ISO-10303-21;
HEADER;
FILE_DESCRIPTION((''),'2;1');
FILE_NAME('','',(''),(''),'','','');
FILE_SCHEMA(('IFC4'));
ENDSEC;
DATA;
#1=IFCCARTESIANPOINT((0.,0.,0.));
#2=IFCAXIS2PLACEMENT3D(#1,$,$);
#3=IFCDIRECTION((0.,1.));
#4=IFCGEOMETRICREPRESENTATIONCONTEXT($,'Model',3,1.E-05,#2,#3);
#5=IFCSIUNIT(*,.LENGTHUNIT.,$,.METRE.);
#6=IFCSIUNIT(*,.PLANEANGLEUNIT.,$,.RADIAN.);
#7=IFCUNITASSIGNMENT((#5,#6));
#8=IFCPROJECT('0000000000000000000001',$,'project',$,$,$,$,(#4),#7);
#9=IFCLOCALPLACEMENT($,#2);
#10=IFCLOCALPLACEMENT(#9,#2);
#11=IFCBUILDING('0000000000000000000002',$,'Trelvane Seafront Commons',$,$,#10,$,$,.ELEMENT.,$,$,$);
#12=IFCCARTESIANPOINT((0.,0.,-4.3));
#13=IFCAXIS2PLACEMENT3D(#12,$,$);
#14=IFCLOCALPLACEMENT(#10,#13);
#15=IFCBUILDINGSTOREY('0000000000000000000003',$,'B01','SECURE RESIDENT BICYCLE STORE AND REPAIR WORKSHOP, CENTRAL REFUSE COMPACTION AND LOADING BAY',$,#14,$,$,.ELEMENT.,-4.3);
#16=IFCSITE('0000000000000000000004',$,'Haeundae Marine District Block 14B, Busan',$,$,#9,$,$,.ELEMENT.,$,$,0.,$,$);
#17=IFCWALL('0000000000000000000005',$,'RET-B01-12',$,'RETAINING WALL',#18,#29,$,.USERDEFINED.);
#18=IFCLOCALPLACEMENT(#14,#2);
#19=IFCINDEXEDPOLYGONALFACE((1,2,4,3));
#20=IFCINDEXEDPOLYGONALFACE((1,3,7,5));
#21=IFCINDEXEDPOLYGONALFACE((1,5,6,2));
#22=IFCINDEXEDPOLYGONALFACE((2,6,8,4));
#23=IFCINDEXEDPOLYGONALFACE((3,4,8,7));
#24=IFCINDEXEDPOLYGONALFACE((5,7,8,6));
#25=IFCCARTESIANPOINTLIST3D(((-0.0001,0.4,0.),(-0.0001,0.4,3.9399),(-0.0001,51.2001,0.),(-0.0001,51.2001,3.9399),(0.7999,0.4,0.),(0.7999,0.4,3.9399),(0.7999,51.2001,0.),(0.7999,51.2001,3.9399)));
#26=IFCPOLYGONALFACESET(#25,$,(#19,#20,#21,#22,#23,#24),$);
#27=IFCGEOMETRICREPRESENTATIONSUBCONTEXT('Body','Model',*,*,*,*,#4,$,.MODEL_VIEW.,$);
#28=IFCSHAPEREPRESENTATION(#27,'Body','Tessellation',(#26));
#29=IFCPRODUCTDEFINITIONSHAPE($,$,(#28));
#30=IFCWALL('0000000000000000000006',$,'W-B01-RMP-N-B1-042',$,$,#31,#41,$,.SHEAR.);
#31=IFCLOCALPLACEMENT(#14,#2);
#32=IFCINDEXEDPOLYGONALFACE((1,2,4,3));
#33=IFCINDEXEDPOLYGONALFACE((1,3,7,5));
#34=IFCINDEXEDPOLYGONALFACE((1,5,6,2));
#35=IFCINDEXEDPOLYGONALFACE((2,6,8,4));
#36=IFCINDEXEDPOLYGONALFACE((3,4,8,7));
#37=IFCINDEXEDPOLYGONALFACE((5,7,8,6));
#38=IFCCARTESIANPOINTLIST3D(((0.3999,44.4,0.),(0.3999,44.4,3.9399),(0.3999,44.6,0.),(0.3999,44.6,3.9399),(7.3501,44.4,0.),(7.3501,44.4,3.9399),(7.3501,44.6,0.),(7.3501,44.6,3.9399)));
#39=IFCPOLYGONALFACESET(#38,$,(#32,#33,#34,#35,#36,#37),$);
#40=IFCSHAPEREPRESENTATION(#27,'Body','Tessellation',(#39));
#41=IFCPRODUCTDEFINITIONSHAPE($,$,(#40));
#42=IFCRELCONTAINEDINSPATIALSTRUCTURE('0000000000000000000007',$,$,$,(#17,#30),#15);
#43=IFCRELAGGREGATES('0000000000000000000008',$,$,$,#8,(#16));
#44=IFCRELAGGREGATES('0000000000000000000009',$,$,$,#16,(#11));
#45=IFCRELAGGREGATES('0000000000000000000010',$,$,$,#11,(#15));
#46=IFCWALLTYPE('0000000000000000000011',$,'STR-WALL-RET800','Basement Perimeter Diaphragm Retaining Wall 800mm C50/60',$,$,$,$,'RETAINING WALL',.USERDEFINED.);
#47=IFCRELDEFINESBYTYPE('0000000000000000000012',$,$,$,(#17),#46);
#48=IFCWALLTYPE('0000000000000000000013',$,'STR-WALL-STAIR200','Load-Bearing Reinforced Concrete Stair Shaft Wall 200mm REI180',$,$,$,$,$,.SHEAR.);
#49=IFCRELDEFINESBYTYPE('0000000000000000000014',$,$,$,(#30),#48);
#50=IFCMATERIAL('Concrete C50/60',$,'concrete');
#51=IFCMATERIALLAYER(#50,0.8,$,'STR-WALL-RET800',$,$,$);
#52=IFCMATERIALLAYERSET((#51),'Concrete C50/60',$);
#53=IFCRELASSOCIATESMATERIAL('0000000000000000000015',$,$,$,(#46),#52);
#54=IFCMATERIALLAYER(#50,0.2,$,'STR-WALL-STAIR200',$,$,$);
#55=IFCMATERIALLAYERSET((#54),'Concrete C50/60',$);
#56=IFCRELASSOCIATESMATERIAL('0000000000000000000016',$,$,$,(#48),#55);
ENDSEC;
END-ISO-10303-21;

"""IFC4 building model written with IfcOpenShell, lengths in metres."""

from ifc_helpers import new_model, si_unit, direction, frame, frame_2d, origin, place, context, subcontext, project, spatial, rectangle, extrude, material, layer, layer_set, type_object, element, save


model = new_model("IFC4")

# Units and contexts
model_context = context("Model", 3, precision=1e-05, world=origin(), true_north=direction((0.0, 1.0)))
body_context = subcontext(model_context, "Body", "Model", "MODEL_VIEW")
ifc_project = project(units=[si_unit("LENGTHUNIT", "METRE"), si_unit("PLANEANGLEUNIT", "RADIAN")], contexts=[model_context])

# Site, building, storey
site_placement = place(None, origin())
site = spatial("IfcSite", under=ifc_project, at=site_placement, Name="Haeundae Marine District Block 14B, Busan", CompositionType="ELEMENT", RefElevation=0.0)
building_placement = place(site_placement, origin())
building = spatial("IfcBuilding", under=site, at=building_placement, Name="Trelvane Seafront Commons", CompositionType="ELEMENT")
storey_placement = place(building_placement, frame((0.0, 0.0, -4.3)))
storey = spatial("IfcBuildingStorey", under=building, at=storey_placement, Name="B01", Description="SECURE RESIDENT BICYCLE STORE AND REPAIR WORKSHOP, CENTRAL REFUSE COMPACTION AND LOADING BAY", CompositionType="ELEMENT", Elevation=-4.3)

# Shared definitions
ifc_material_1 = material(Name="Concrete C50/60", Category="concrete")

# Walls
ifc_layer_1 = layer(ifc_material_1, 0.8, Name="STR-WALL-RET800")
ifc_layer_set_1 = layer_set([ifc_layer_1], Name="Concrete C50/60")
wall_type_1 = type_object("IfcWallType", Name="STR-WALL-RET800", Description="Basement Perimeter Diaphragm Retaining Wall 800mm C50/60", ElementType="RETAINING WALL", PredefinedType="USERDEFINED", material=ifc_layer_set_1)
wall_1_placement = place(storey_placement, frame((0.3999, 51.2, 0.0), z_axis=(0.0, 0.0, 1.0), x_axis=(0.0, -1.0, 0.0)))
element("IfcWall", 1, at=wall_1_placement, inside=storey, type_object=wall_type_1, Name="RET-B01-12", ObjectType="RETAINING WALL", PredefinedType="USERDEFINED", context=body_context, shape_type="SweptSolid", body=[
    extrude(rectangle(XDim=50.8, YDim=0.8, at=frame_2d((25.3999, 0.0))), origin(), (0.0, 0.0, 1.0), 3.9399),
])
ifc_layer_2 = layer(ifc_material_1, 0.2, Name="STR-WALL-STAIR200")
ifc_layer_set_2 = layer_set([ifc_layer_2], Name="Concrete C50/60")
wall_type_2 = type_object("IfcWallType", Name="STR-WALL-STAIR200", Description="Load-Bearing Reinforced Concrete Stair Shaft Wall 200mm REI180", PredefinedType="SHEAR", material=ifc_layer_set_2)
wall_2_placement = place(storey_placement, frame((0.3999, 44.5, 0.0), z_axis=(0.0, 0.0, 1.0), x_axis=(1.0, 0.0, 0.0)))
element("IfcWall", 2, at=wall_2_placement, inside=storey, type_object=wall_type_2, Name="W-B01-RMP-N-B1-042", PredefinedType="SHEAR", context=body_context, shape_type="SweptSolid", body=[
    extrude(rectangle(XDim=6.9502, YDim=0.2, at=frame_2d((3.4751, 0.0))), origin(), (0.0, 0.0, 1.0), 3.9399),
])

save(model, "model.ifc")
